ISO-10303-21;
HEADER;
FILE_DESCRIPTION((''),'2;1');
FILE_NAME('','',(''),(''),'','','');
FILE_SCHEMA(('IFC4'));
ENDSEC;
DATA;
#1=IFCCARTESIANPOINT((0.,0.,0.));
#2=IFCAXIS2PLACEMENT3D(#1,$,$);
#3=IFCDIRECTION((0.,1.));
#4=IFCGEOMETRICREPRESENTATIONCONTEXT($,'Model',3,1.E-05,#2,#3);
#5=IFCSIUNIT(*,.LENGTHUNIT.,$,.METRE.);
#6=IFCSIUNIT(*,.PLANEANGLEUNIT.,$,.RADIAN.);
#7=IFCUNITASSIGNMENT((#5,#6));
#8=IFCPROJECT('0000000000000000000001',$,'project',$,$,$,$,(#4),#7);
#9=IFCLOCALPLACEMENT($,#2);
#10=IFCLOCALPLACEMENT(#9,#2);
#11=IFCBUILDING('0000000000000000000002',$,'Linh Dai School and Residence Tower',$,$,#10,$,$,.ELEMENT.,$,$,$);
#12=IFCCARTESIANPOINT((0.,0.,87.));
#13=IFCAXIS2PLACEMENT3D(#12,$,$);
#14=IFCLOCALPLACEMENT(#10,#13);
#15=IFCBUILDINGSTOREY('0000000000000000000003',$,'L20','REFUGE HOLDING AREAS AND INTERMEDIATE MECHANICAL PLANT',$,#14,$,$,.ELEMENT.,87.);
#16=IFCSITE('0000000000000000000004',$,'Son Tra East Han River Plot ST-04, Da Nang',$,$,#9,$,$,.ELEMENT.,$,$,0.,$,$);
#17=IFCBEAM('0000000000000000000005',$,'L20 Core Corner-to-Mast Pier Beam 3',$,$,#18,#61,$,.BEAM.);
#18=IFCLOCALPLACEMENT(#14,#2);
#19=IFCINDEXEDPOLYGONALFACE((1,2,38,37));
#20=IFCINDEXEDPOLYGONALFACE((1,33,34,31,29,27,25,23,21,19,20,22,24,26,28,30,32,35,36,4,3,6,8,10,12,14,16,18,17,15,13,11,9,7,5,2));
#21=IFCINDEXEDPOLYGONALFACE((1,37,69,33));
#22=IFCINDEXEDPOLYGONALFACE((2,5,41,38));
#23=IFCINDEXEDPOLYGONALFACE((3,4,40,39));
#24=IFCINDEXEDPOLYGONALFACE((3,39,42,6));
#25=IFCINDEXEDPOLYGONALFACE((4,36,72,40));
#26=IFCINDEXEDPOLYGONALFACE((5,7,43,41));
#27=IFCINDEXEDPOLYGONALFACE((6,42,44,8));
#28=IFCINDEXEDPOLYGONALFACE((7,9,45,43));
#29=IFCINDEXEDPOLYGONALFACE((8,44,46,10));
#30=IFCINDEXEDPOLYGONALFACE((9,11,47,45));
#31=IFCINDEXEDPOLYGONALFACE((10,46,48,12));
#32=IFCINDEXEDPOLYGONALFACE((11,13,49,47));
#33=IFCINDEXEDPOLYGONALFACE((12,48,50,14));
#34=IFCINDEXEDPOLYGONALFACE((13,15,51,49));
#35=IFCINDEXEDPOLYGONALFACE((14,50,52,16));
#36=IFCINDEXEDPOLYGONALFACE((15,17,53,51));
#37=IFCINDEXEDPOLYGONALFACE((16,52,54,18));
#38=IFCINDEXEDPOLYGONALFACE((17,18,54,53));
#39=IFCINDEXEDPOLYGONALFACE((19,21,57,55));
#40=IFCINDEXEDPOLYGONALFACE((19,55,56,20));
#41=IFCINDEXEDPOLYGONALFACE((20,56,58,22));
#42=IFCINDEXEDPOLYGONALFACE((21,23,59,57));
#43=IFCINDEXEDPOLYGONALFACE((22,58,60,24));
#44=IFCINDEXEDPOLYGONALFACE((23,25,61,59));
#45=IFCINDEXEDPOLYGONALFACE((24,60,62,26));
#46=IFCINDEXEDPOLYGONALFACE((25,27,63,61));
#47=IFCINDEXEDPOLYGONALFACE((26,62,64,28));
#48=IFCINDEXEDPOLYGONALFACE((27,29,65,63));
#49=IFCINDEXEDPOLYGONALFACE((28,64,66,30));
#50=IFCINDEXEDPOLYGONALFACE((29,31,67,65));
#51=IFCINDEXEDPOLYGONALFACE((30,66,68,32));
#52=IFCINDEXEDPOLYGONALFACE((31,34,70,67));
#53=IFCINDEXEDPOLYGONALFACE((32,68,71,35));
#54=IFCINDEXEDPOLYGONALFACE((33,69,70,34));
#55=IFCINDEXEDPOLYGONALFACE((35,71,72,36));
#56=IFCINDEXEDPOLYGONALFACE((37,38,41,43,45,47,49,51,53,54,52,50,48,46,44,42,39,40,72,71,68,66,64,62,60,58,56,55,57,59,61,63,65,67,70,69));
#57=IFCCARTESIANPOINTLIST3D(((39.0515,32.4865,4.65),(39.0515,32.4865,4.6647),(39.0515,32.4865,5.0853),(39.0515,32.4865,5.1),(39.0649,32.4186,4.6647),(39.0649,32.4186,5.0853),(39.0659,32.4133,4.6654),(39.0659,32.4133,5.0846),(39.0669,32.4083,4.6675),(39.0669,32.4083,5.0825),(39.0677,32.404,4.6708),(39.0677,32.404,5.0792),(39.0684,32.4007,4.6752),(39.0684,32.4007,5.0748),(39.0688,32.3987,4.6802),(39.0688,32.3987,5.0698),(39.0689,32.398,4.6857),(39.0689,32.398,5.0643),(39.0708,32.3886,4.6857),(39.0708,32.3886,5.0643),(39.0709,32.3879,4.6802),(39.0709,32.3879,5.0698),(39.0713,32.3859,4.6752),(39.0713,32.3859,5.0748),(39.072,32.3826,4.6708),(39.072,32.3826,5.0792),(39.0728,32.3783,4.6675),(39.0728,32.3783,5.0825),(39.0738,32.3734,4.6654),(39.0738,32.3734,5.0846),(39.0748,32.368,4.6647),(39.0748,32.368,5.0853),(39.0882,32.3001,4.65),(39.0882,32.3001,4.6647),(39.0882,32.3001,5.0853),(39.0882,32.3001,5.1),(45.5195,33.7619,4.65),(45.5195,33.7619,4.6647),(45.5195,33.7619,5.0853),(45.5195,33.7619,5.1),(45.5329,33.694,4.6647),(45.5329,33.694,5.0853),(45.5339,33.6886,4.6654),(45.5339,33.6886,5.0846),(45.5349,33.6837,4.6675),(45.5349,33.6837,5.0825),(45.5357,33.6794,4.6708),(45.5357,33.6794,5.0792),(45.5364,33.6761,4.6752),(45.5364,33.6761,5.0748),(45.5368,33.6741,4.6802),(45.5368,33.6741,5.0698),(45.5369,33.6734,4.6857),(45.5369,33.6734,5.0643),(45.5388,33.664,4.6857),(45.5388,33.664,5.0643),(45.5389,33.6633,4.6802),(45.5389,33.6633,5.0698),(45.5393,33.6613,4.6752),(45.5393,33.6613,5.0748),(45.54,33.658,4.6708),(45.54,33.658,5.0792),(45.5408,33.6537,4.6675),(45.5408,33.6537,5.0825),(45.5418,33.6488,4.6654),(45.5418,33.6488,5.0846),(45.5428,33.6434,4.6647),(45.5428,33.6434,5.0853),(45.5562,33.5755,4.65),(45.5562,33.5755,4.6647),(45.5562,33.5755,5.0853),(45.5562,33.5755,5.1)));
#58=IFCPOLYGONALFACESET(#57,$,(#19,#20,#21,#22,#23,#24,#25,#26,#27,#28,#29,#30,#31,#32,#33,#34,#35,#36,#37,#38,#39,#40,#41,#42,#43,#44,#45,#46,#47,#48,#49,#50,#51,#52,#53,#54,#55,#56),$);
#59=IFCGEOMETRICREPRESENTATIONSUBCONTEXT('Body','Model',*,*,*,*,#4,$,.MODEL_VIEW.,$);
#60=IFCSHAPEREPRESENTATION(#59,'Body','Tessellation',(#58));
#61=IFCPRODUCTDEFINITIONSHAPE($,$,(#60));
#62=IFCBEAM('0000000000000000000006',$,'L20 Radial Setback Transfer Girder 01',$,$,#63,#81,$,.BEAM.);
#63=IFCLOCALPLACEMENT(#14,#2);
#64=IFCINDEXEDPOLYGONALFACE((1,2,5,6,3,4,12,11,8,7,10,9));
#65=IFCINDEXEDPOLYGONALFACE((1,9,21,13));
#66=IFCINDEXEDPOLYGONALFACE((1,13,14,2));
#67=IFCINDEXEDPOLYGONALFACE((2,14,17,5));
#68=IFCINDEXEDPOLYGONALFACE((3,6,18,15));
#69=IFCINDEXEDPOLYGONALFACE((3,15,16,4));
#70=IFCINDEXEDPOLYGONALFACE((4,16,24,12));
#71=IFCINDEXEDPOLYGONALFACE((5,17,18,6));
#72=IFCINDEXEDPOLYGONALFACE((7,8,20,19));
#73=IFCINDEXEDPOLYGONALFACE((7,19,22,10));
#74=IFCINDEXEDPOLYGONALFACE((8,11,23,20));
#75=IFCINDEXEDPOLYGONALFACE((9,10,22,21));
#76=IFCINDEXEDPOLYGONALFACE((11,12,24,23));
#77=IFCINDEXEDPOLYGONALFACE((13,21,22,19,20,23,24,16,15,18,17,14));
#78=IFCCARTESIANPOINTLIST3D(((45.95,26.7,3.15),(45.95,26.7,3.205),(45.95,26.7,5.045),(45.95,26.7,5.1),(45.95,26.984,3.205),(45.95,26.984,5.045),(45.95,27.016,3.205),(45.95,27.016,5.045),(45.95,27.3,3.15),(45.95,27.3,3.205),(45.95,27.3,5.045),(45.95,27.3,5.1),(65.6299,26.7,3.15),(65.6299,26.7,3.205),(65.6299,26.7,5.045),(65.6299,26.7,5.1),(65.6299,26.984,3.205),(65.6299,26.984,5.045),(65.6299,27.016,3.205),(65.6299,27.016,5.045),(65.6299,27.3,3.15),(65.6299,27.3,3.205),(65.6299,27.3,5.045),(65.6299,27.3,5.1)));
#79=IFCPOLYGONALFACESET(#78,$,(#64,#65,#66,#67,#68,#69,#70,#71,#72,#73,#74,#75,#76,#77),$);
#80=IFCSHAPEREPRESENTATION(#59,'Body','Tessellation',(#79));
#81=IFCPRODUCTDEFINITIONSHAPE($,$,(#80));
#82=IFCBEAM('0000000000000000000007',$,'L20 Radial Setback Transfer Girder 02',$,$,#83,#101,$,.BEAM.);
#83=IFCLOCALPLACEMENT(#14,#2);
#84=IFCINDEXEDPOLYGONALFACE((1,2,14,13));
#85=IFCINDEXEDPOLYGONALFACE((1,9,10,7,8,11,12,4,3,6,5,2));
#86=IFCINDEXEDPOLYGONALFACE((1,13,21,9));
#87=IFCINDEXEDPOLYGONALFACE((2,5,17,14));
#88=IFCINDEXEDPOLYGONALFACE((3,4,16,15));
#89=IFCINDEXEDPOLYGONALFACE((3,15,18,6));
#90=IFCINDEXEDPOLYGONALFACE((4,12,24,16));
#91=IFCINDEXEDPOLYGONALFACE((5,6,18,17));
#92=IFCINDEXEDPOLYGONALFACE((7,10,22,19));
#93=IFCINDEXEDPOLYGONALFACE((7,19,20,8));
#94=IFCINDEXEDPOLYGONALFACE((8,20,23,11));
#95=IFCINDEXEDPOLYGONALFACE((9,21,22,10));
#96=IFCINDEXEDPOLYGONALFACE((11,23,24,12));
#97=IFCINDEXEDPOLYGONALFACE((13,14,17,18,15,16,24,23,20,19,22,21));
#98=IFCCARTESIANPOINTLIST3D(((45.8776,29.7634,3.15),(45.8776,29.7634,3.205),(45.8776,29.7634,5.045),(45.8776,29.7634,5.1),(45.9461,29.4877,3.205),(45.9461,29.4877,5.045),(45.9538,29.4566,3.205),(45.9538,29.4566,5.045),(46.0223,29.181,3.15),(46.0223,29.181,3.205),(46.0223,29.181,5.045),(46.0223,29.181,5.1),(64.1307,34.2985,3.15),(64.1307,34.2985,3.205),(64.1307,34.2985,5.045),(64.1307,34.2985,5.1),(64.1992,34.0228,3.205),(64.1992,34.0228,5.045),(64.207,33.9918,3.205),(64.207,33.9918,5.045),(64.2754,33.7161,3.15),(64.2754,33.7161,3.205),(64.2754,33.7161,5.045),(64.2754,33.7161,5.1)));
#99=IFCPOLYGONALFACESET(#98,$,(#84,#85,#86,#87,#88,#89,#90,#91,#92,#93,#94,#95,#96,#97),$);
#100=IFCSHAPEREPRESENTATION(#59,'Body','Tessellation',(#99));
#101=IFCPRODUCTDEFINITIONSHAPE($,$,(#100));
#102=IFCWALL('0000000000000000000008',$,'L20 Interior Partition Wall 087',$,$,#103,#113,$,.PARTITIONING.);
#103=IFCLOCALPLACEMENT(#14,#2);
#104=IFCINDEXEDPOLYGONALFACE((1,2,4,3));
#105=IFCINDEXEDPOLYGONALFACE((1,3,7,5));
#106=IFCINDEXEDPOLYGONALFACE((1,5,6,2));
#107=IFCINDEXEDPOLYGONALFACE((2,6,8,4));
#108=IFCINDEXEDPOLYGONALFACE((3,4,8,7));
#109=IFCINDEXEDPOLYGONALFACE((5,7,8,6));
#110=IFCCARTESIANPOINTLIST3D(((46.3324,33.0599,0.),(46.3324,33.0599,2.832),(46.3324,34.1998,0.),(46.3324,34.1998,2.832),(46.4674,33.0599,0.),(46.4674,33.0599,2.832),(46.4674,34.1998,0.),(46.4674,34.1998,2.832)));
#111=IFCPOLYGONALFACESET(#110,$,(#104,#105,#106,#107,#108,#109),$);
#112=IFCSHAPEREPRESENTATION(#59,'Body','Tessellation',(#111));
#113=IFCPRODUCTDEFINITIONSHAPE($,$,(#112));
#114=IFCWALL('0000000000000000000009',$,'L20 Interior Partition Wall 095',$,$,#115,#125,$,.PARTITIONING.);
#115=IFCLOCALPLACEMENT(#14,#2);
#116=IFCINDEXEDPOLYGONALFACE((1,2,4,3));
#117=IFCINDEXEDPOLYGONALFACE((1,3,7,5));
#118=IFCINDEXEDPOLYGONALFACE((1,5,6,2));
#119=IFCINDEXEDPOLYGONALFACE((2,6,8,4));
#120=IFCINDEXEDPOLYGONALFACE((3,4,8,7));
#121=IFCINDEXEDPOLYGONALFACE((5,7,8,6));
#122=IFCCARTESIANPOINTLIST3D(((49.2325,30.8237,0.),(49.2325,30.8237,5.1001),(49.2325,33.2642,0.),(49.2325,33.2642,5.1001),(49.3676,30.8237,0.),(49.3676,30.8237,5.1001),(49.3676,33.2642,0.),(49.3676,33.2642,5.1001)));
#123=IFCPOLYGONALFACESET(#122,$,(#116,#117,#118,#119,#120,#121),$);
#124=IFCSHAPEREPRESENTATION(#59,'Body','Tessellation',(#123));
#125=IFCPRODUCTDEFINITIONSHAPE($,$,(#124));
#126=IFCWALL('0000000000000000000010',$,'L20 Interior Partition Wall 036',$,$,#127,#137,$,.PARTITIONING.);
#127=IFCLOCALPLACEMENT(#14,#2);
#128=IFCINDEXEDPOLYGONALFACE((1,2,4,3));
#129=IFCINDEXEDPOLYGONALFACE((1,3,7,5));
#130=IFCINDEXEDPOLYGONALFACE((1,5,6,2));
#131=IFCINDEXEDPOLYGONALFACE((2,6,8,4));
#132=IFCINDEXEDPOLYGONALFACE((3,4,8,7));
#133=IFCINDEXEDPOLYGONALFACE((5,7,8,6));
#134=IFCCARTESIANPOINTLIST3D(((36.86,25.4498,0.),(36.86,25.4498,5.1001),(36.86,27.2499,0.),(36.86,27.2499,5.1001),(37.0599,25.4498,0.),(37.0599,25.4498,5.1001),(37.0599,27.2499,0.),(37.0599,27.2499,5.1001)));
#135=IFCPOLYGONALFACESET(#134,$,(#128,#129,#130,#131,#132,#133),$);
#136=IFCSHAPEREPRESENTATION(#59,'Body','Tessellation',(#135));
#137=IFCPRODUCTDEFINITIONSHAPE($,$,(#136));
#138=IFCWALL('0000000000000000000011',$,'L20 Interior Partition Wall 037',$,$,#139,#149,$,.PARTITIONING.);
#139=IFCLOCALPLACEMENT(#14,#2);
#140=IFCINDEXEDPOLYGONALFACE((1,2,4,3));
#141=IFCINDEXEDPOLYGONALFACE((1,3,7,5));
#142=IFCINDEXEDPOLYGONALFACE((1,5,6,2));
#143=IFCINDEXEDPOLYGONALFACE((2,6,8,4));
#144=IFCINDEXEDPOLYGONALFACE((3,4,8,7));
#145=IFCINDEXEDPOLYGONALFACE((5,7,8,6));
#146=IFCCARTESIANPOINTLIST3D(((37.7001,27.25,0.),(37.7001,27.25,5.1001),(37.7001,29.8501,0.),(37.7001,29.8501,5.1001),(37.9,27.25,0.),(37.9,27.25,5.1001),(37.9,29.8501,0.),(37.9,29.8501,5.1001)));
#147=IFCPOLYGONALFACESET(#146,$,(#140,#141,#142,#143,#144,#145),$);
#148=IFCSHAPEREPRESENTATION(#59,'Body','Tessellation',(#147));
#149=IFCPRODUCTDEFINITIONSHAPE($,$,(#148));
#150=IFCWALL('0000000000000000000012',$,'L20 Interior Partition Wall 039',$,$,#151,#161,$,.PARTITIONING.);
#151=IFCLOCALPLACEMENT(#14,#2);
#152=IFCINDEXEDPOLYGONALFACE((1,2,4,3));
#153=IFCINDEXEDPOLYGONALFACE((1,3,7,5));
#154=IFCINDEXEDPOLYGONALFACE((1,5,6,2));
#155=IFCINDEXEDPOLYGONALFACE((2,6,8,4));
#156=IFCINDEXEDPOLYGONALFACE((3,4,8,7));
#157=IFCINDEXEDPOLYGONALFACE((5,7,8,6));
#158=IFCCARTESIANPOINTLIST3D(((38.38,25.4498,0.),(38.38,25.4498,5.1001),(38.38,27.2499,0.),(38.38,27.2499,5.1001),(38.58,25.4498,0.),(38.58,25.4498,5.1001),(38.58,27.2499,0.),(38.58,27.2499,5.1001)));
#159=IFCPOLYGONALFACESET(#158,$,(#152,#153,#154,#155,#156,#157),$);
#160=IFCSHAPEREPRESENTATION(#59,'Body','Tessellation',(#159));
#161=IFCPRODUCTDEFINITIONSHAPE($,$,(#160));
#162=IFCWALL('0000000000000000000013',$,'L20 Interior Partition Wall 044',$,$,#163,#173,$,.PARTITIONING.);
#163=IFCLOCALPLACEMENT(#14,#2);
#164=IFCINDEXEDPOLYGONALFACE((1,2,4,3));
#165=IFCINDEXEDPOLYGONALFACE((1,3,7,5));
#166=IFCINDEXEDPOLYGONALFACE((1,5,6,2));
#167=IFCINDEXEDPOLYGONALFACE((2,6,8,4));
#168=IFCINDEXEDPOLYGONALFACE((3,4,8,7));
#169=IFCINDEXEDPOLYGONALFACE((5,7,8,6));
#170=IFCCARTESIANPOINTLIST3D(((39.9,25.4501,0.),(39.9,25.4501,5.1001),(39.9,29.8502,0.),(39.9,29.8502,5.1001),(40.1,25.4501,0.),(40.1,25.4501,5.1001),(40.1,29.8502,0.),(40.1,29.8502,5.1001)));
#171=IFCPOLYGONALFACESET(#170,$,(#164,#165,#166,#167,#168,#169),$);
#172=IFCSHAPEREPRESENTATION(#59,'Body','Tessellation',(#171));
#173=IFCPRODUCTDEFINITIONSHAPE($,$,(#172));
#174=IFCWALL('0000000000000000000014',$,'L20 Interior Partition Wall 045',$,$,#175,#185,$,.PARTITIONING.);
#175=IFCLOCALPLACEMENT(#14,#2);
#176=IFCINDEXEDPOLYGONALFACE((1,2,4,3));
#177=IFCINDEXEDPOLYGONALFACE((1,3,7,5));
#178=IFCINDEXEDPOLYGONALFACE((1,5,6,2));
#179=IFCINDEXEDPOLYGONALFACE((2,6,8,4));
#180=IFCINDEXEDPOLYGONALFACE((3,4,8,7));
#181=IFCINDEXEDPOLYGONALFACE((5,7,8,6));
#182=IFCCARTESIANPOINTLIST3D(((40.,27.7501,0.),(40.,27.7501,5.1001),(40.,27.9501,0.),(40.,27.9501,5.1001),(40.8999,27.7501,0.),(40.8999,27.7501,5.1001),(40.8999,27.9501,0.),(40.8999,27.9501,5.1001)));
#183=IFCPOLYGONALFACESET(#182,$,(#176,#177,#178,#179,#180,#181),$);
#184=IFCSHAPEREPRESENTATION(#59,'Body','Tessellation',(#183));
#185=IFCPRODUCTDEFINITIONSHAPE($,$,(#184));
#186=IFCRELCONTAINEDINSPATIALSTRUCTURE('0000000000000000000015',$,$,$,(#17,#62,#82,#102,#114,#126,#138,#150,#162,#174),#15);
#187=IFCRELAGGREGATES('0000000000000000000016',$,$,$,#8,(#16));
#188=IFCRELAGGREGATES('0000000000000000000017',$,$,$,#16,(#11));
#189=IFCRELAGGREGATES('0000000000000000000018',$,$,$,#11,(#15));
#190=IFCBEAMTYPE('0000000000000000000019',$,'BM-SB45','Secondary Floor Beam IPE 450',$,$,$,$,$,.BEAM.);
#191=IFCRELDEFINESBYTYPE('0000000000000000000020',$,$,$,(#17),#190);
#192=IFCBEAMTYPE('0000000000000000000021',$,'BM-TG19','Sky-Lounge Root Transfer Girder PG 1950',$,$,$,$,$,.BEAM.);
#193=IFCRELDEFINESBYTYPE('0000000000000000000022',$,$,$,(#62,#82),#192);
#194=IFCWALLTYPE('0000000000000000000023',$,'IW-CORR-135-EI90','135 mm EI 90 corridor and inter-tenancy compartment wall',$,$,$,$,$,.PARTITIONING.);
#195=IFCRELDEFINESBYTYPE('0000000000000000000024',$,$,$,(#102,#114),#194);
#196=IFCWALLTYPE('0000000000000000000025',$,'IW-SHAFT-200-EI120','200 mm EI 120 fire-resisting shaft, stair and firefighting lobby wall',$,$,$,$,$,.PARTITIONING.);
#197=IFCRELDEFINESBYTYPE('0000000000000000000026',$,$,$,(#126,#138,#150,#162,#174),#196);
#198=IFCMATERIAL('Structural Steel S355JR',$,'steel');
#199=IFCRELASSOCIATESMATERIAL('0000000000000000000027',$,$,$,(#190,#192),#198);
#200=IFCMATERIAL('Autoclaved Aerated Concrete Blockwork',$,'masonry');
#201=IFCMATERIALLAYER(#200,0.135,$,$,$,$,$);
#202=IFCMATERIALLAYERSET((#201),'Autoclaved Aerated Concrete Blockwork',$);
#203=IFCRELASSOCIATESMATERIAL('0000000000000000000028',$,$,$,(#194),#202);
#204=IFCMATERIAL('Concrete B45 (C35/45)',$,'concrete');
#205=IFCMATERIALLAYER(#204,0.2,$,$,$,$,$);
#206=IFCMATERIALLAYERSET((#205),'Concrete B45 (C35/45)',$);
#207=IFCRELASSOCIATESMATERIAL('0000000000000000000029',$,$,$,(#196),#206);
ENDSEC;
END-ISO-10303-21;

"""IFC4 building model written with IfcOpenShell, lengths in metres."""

from ifc_helpers import new_model, si_unit, direction, frame, frame_2d, origin, origin_2d, place, context, subcontext, project, spatial, rectangle, i_section, extrude, material, layer, layer_set, material_profile, profile_set, type_object, element, save


model = new_model("IFC4")

# Units and contexts
model_context = context("Model", 3, precision=1e-05, world=origin(), true_north=direction((0.0, 1.0)))
body_context = subcontext(model_context, "Body", "Model", "MODEL_VIEW")
ifc_project = project(units=[si_unit("LENGTHUNIT", "METRE"), si_unit("PLANEANGLEUNIT", "RADIAN")], contexts=[model_context])

# Site, building, storey
site_placement = place(None, origin())
site = spatial("IfcSite", under=ifc_project, at=site_placement, Name="Son Tra East Han River Plot ST-04, Da Nang", CompositionType="ELEMENT", RefElevation=0.0)
building_placement = place(site_placement, origin())
building = spatial("IfcBuilding", under=site, at=building_placement, Name="Linh Dai School and Residence Tower", CompositionType="ELEMENT")
storey_placement = place(building_placement, frame((0.0, 0.0, 87.0)))
storey = spatial("IfcBuildingStorey", under=building, at=storey_placement, Name="L20", Description="REFUGE HOLDING AREAS AND INTERMEDIATE MECHANICAL PLANT", CompositionType="ELEMENT", Elevation=87.0)

# Shared definitions
ifc_material_1 = material(Name="Structural Steel S355JR", Category="steel")

# Beams
ifc_material_profile_1 = material_profile(ifc_material_1, i_section(OverallWidth=0.1899, OverallDepth=0.45, WebThickness=0.0095, FlangeThickness=0.0146, FilletRadius=0.021, at=origin_2d()), Name="IPE 450")
ifc_profile_set_1 = profile_set([ifc_material_profile_1], Name="Structural Steel S355JR")
beam_type_1 = type_object("IfcBeamType", Name="BM-SB45", Description="Secondary Floor Beam IPE 450", PredefinedType="BEAM", material=ifc_profile_set_1)
beam_1_placement = place(storey_placement, frame((45.5378, 33.6687, 4.875), z_axis=(-0.981108, -0.193459, 0.0), x_axis=(0.193459, -0.981108, 0.0)))
element("IfcBeam", 1, at=beam_1_placement, inside=storey, type_object=beam_type_1, Name="L20 Core Corner-to-Mast Pier Beam 3", PredefinedType="BEAM", context=body_context, shape_type="SweptSolid", body=[
    extrude(i_section(OverallWidth=0.1899, OverallDepth=0.45, WebThickness=0.0095, FlangeThickness=0.0146, FilletRadius=0.021, at=origin_2d()), origin(), (0.0, 0.0, 1.0), 6.5925),
])
ifc_material_profile_2 = material_profile(ifc_material_1, i_section(OverallWidth=0.6001, OverallDepth=1.95, WebThickness=0.032, FlangeThickness=0.0549, at=origin_2d()), Name="PG 1950x600x32x55")
ifc_profile_set_2 = profile_set([ifc_material_profile_2], Name="Structural Steel S355JR")
beam_type_2 = type_object("IfcBeamType", Name="BM-TG19", Description="Sky-Lounge Root Transfer Girder PG 1950", PredefinedType="BEAM", material=ifc_profile_set_2)
beam_2_placement = place(storey_placement, frame((45.95, 27.0, 4.125), z_axis=(1.0, 0.0, 0.0), x_axis=(0.0, 1.0, 0.0)))
element("IfcBeam", 2, at=beam_2_placement, inside=storey, type_object=beam_type_2, Name="L20 Radial Setback Transfer Girder 01", PredefinedType="BEAM", context=body_context, shape_type="SweptSolid", body=[
    extrude(i_section(OverallWidth=0.6001, OverallDepth=1.95, WebThickness=0.032, FlangeThickness=0.0549, at=origin_2d()), origin(), (0.0, 0.0, 1.0), 19.6799),
])
beam_3_placement = place(storey_placement, frame((45.95, 29.4722, 4.125), z_axis=(0.970493, 0.241127, 0.0), x_axis=(-0.241127, 0.970493, 0.0)))
element("IfcBeam", 3, at=beam_3_placement, inside=storey, type_object=beam_type_2, Name="L20 Radial Setback Transfer Girder 02", PredefinedType="BEAM", context=body_context, shape_type="SweptSolid", body=[
    extrude(i_section(OverallWidth=0.6001, OverallDepth=1.95, WebThickness=0.032, FlangeThickness=0.0549, at=origin_2d()), origin(), (0.0, 0.0, 1.0), 18.8081),
])

# Walls
ifc_material_2 = material(Name="Autoclaved Aerated Concrete Blockwork", Category="masonry")
ifc_layer_1 = layer(ifc_material_2, 0.135)
ifc_layer_set_1 = layer_set([ifc_layer_1], Name="Autoclaved Aerated Concrete Blockwork")
wall_type_1 = type_object("IfcWallType", Name="IW-CORR-135-EI90", Description="135 mm EI 90 corridor and inter-tenancy compartment wall", PredefinedType="PARTITIONING", material=ifc_layer_set_1)
wall_1_placement = place(storey_placement, frame((46.3999, 33.0601, 0.0), z_axis=(0.0, 0.0, 1.0), x_axis=(0.0, 1.0, 0.0)))
element("IfcWall", 4, at=wall_1_placement, inside=storey, type_object=wall_type_1, Name="L20 Interior Partition Wall 087", PredefinedType="PARTITIONING", context=body_context, shape_type="SweptSolid", body=[
    extrude(rectangle(XDim=1.1399, YDim=0.135, at=frame_2d((0.5698, 0.0))), origin(), (0.0, 0.0, 1.0), 2.832),
])
wall_2_placement = place(storey_placement, frame((49.3, 33.2642, 0.0), z_axis=(0.0, 0.0, 1.0), x_axis=(0.0, -1.0, 0.0)))
element("IfcWall", 5, at=wall_2_placement, inside=storey, type_object=wall_type_1, Name="L20 Interior Partition Wall 095", PredefinedType="PARTITIONING", context=body_context, shape_type="SweptSolid", body=[
    extrude(rectangle(XDim=2.4404, YDim=0.135, at=frame_2d((1.2202, 0.0))), origin(), (0.0, 0.0, 1.0), 5.1001),
])
ifc_material_3 = material(Name="Concrete B45 (C35/45)", Category="concrete")
ifc_layer_2 = layer(ifc_material_3, 0.2)
ifc_layer_set_2 = layer_set([ifc_layer_2], Name="Concrete B45 (C35/45)")
wall_type_2 = type_object("IfcWallType", Name="IW-SHAFT-200-EI120", Description="200 mm EI 120 fire-resisting shaft, stair and firefighting lobby wall", PredefinedType="PARTITIONING", material=ifc_layer_set_2)
wall_3_placement = place(storey_placement, frame((36.96, 25.45, 0.0), z_axis=(0.0, 0.0, 1.0), x_axis=(0.0, 1.0, 0.0)))
element("IfcWall", 6, at=wall_3_placement, inside=storey, type_object=wall_type_2, Name="L20 Interior Partition Wall 036", PredefinedType="PARTITIONING", context=body_context, shape_type="SweptSolid", body=[
    extrude(rectangle(XDim=1.8, YDim=0.2, at=frame_2d((0.8999, 0.0))), origin(), (0.0, 0.0, 1.0), 5.1001),
])
wall_4_placement = place(storey_placement, frame((37.8, 27.25, 0.0), z_axis=(0.0, 0.0, 1.0), x_axis=(0.0, 1.0, 0.0)))
element("IfcWall", 7, at=wall_4_placement, inside=storey, type_object=wall_type_2, Name="L20 Interior Partition Wall 037", PredefinedType="PARTITIONING", context=body_context, shape_type="SweptSolid", body=[
    extrude(rectangle(XDim=2.6001, YDim=0.2, at=frame_2d((1.3, 0.0))), origin(), (0.0, 0.0, 1.0), 5.1001),
])
wall_5_placement = place(storey_placement, frame((38.48, 25.45, 0.0), z_axis=(0.0, 0.0, 1.0), x_axis=(0.0, 1.0, 0.0)))
element("IfcWall", 8, at=wall_5_placement, inside=storey, type_object=wall_type_2, Name="L20 Interior Partition Wall 039", PredefinedType="PARTITIONING", context=body_context, shape_type="SweptSolid", body=[
    extrude(rectangle(XDim=1.8, YDim=0.2, at=frame_2d((0.8999, 0.0))), origin(), (0.0, 0.0, 1.0), 5.1001),
])
wall_6_placement = place(storey_placement, frame((40.0, 25.45, 0.0), z_axis=(0.0, 0.0, 1.0), x_axis=(0.0, 1.0, 0.0)))
element("IfcWall", 9, at=wall_6_placement, inside=storey, type_object=wall_type_2, Name="L20 Interior Partition Wall 044", PredefinedType="PARTITIONING", context=body_context, shape_type="SweptSolid", body=[
    extrude(rectangle(XDim=4.4001, YDim=0.2, at=frame_2d((2.2002, 0.0))), origin(), (0.0, 0.0, 1.0), 5.1001),
])
wall_7_placement = place(storey_placement, frame((40.0, 27.8501, 0.0), z_axis=(0.0, 0.0, 1.0), x_axis=(1.0, 0.0, 0.0)))
element("IfcWall", 10, at=wall_7_placement, inside=storey, type_object=wall_type_2, Name="L20 Interior Partition Wall 045", PredefinedType="PARTITIONING", context=body_context, shape_type="SweptSolid", body=[
    extrude(rectangle(XDim=0.8999, YDim=0.2, at=frame_2d((0.45, 0.0))), origin(), (0.0, 0.0, 1.0), 5.1001),
])

save(model, "model.ifc")
